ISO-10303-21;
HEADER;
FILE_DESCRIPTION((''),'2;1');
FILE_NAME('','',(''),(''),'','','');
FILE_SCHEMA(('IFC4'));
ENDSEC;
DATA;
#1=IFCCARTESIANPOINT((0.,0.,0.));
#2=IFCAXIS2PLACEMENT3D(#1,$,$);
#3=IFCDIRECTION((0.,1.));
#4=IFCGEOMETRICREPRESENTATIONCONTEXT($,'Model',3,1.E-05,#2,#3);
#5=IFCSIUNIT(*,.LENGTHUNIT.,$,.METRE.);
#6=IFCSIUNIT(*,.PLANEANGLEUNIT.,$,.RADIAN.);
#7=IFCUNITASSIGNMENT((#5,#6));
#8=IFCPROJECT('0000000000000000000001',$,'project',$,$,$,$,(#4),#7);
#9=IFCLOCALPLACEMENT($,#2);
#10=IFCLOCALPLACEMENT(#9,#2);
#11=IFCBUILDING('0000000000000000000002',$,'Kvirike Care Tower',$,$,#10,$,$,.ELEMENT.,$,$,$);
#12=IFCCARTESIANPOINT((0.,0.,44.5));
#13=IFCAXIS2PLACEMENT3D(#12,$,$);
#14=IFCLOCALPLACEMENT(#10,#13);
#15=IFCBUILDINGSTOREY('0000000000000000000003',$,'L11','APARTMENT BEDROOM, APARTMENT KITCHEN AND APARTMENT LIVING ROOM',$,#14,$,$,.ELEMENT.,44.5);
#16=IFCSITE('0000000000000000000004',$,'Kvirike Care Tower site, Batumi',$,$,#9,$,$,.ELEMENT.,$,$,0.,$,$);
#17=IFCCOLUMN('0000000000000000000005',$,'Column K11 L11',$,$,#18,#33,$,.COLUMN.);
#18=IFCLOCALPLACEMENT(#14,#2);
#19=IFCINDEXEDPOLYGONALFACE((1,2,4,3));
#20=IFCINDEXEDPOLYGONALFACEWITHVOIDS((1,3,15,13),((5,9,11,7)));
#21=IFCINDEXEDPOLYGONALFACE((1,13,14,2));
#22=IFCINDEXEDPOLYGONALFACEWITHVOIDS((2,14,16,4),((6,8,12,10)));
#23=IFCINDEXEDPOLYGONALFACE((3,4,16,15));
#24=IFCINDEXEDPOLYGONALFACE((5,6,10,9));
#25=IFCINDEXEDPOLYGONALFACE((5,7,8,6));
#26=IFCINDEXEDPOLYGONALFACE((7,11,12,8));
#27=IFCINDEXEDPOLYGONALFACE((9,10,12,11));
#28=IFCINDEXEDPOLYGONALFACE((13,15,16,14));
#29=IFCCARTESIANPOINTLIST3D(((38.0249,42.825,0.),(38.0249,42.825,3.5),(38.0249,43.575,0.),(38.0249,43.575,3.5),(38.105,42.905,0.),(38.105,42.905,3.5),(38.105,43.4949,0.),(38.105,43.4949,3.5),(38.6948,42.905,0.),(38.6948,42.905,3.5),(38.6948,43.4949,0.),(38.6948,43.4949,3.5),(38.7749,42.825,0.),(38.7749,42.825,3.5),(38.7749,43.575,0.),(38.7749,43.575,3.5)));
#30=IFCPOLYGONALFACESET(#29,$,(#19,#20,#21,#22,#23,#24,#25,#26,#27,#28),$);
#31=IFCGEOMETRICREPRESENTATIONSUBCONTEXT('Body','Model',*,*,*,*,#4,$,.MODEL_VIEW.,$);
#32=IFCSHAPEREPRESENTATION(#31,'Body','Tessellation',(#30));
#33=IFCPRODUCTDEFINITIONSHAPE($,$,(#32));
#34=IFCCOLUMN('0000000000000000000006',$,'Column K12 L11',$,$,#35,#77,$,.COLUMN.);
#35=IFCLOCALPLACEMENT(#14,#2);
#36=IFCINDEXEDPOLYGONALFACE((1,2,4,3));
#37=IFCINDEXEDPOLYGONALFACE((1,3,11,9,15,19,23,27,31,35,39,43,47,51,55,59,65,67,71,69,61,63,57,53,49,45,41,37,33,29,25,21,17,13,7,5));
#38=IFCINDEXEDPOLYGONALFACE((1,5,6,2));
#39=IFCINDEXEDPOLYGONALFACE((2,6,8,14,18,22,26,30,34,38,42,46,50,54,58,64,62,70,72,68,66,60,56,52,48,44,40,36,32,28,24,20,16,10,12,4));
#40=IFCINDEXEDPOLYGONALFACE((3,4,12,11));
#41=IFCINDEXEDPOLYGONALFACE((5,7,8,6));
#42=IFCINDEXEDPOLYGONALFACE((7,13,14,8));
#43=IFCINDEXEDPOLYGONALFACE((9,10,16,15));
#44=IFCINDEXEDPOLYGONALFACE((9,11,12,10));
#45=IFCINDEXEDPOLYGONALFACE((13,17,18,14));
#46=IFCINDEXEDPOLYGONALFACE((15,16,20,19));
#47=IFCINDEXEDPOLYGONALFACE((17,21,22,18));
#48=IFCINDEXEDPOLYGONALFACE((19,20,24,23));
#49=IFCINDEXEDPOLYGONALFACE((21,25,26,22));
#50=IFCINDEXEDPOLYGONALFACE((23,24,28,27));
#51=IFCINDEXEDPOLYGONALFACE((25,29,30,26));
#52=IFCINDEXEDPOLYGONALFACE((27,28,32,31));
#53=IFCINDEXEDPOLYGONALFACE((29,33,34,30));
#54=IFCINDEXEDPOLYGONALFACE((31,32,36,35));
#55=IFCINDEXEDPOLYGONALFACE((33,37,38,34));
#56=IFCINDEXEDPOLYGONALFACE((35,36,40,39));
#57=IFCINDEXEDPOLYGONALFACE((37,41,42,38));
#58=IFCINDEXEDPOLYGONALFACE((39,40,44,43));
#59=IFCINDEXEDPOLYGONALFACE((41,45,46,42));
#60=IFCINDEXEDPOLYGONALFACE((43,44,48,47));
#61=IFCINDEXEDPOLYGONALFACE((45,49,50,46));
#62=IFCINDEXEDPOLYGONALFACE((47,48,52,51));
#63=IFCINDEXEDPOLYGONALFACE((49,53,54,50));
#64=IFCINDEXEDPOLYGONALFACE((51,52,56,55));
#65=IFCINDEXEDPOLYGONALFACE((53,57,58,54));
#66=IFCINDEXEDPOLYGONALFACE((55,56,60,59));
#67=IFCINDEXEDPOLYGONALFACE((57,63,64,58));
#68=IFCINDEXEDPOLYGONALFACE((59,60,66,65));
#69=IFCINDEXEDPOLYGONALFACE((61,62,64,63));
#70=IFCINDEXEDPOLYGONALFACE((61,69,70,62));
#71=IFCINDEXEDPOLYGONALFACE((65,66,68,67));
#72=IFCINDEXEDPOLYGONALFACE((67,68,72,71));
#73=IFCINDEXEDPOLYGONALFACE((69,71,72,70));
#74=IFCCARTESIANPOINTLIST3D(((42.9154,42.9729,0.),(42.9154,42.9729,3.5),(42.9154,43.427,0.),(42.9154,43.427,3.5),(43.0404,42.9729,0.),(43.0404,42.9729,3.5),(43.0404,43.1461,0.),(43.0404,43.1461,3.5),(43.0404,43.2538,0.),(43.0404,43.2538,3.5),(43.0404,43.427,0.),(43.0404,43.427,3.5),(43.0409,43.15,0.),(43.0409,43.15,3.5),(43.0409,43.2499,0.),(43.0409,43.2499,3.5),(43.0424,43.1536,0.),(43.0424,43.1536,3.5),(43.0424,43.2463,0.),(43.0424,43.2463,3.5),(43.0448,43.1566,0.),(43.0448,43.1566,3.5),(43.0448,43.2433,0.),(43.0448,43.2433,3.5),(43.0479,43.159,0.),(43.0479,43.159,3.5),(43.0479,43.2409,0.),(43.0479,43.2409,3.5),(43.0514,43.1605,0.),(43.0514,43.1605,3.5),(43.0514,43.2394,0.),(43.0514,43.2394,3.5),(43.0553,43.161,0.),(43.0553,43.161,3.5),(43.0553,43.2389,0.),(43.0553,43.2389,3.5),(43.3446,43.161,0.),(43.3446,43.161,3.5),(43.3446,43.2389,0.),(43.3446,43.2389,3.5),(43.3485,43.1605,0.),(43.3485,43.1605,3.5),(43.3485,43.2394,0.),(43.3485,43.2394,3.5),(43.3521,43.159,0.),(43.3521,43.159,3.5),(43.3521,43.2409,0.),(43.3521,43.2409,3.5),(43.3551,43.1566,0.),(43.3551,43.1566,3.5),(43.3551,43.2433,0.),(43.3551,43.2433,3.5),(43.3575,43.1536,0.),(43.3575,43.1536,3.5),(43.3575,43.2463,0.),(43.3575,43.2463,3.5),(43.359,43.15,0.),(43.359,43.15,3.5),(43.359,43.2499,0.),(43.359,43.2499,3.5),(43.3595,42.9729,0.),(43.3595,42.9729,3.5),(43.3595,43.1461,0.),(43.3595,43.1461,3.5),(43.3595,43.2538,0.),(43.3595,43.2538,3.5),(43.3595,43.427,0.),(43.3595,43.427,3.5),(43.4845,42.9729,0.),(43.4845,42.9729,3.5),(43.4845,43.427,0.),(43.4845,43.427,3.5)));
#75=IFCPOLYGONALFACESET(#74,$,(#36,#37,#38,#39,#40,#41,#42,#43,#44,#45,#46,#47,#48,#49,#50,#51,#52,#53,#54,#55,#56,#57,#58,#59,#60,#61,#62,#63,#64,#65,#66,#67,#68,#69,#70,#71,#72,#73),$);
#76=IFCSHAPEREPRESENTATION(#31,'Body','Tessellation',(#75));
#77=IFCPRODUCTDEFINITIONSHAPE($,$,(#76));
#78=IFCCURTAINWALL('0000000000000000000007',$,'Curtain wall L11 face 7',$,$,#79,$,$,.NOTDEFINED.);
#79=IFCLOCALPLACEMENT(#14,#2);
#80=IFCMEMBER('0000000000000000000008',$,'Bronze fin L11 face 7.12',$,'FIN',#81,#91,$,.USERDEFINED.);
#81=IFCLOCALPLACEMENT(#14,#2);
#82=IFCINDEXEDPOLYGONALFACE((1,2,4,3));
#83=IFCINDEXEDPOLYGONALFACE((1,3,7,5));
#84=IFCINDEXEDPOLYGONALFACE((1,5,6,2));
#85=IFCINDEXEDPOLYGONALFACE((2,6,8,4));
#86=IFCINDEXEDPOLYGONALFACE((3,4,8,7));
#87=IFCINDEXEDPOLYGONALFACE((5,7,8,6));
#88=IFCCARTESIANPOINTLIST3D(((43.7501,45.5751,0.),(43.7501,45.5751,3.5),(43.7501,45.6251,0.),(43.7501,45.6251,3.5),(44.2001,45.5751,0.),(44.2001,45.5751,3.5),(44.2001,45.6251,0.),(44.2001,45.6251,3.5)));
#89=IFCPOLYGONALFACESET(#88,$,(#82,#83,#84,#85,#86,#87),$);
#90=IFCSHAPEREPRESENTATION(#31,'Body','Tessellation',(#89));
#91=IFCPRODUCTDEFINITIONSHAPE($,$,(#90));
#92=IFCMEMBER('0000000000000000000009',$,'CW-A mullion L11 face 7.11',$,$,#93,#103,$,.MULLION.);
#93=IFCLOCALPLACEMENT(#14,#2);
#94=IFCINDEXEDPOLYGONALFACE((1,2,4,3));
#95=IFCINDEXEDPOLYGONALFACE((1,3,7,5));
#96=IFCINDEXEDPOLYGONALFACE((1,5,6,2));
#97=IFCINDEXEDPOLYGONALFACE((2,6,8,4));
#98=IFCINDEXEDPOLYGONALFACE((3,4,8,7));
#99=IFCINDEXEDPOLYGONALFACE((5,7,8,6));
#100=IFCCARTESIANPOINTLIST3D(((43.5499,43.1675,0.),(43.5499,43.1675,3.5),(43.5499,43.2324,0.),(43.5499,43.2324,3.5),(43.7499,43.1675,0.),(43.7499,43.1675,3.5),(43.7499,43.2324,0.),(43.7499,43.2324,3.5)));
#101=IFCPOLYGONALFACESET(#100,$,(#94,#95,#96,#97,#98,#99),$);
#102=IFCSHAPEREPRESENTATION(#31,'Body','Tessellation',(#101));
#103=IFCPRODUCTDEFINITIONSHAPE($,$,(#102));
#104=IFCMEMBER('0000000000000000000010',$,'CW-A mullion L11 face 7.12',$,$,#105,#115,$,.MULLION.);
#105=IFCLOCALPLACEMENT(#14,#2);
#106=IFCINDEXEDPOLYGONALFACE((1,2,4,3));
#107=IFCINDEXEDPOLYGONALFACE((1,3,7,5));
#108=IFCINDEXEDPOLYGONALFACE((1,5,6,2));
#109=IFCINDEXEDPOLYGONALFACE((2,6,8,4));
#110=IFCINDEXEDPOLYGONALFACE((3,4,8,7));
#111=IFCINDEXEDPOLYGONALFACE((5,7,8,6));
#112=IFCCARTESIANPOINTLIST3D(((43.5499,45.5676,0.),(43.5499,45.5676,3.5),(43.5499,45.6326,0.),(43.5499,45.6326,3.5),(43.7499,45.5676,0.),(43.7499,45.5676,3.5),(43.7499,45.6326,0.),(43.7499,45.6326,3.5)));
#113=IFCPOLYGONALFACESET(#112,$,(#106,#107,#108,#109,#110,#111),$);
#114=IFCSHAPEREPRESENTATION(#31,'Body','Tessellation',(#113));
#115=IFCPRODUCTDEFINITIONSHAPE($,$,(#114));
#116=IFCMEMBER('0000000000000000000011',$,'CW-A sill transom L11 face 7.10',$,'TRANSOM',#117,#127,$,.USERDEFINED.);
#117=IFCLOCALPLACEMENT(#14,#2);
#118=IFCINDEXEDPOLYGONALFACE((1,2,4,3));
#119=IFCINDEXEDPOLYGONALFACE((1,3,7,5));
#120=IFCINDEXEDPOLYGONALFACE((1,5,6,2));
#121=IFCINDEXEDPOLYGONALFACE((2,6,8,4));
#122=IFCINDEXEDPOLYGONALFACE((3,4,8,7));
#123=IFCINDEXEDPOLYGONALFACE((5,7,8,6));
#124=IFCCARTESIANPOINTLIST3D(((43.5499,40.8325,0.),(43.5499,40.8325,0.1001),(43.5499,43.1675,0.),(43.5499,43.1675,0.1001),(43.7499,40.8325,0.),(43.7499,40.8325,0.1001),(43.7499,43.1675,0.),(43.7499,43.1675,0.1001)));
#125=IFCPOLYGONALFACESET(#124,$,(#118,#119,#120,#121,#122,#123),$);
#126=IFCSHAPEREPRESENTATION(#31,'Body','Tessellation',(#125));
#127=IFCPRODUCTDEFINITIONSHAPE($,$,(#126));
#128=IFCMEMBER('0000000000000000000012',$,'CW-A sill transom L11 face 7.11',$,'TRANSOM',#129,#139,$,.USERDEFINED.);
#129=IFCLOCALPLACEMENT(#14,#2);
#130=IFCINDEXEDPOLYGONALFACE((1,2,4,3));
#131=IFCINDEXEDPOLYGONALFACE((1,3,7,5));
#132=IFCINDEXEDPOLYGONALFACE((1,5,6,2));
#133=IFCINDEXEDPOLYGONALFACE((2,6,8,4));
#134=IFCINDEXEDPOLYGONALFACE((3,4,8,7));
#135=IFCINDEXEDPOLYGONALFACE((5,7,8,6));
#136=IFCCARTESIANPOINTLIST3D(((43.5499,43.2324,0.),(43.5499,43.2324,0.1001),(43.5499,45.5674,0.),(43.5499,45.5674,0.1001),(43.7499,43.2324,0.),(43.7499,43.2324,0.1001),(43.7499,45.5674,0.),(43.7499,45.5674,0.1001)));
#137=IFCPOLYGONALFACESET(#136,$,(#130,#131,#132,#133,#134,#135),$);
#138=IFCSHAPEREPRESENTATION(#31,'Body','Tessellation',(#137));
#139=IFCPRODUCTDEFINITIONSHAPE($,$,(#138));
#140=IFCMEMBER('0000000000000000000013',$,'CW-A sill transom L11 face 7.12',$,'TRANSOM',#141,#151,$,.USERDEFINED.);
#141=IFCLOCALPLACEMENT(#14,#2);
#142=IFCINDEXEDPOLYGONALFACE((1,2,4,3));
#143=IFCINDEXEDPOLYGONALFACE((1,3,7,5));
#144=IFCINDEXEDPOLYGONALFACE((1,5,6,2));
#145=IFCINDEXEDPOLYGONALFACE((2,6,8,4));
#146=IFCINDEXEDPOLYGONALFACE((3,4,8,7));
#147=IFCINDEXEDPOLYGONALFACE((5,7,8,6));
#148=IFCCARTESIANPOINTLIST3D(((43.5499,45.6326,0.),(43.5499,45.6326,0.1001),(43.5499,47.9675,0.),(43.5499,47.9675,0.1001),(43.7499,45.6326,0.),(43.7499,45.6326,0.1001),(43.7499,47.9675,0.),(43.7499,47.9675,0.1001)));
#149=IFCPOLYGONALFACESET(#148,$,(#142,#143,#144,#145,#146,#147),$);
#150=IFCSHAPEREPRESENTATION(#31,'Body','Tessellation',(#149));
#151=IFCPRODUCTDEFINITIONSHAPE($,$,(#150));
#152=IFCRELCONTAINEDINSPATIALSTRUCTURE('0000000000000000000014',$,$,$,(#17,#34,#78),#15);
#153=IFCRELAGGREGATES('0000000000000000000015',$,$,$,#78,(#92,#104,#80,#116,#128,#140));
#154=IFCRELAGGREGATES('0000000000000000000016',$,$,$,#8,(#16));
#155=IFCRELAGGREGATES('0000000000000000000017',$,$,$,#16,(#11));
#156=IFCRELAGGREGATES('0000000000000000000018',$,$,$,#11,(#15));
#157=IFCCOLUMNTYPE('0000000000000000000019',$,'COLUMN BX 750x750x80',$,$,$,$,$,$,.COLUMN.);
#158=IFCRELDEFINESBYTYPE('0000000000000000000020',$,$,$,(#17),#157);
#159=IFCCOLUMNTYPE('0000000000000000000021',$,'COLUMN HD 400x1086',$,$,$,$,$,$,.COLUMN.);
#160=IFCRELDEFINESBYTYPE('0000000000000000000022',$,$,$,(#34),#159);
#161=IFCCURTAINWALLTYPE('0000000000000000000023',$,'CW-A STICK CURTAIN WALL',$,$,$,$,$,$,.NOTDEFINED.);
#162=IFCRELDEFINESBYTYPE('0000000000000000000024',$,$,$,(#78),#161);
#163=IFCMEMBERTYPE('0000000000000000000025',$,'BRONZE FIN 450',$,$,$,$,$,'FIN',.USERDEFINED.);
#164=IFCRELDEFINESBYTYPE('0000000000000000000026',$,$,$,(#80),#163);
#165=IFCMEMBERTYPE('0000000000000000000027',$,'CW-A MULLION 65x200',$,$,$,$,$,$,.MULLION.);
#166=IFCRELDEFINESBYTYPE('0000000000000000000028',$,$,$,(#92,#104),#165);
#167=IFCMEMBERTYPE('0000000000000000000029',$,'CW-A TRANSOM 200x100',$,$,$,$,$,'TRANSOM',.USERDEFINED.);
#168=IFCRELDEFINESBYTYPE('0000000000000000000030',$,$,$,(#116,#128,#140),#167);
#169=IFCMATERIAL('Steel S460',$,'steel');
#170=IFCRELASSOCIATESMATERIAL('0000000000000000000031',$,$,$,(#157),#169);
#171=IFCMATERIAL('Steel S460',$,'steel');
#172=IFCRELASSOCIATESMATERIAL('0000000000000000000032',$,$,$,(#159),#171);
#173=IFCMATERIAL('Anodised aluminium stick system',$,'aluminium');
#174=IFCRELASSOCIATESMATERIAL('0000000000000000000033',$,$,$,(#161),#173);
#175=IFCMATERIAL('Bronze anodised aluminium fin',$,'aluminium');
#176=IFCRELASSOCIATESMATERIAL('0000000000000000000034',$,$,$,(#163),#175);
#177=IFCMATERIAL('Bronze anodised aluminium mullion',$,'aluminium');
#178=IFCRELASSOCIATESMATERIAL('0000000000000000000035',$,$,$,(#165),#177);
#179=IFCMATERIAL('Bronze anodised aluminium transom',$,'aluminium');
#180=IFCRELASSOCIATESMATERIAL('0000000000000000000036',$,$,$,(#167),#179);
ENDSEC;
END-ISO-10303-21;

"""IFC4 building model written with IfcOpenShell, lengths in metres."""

from ifc_helpers import new_model, si_unit, direction, frame, origin, origin_2d, place, context, subcontext, project, spatial, rectangle, hollow_rectangle, i_section, extrude, material, material_profile, profile_set, type_object, element, aggregate, save


model = new_model("IFC4")

# Units and contexts
model_context = context("Model", 3, precision=1e-05, world=origin(), true_north=direction((0.0, 1.0)))
body_context = subcontext(model_context, "Body", "Model", "MODEL_VIEW")
ifc_project = project(units=[si_unit("LENGTHUNIT", "METRE"), si_unit("PLANEANGLEUNIT", "RADIAN")], contexts=[model_context])

# Site, building, storey
site_placement = place(None, origin())
site = spatial("IfcSite", under=ifc_project, at=site_placement, Name="Kvirike Care Tower site, Batumi", CompositionType="ELEMENT", RefElevation=0.0)
building_placement = place(site_placement, origin())
building = spatial("IfcBuilding", under=site, at=building_placement, Name="Kvirike Care Tower", CompositionType="ELEMENT")
storey_placement = place(building_placement, frame((0.0, 0.0, 44.5)))
storey = spatial("IfcBuildingStorey", under=building, at=storey_placement, Name="L11", Description="APARTMENT BEDROOM, APARTMENT KITCHEN AND APARTMENT LIVING ROOM", CompositionType="ELEMENT", Elevation=44.5)

# Columns
ifc_material_1 = material(Name="Steel S460", Category="steel")
ifc_material_profile_1 = material_profile(ifc_material_1, hollow_rectangle(XDim=0.75, YDim=0.75, WallThickness=0.0801, at=origin_2d()), Name="BX 750x750x80")
ifc_profile_set_1 = profile_set([ifc_material_profile_1], Name="Steel S460")
column_type_1 = type_object("IfcColumnType", Name="COLUMN BX 750x750x80", PredefinedType="COLUMN", material=ifc_profile_set_1)
column_1_placement = place(storey_placement, frame((38.3999, 43.2, 0.0), z_axis=(0.0, 0.0, 1.0), x_axis=(0.0, 1.0, 0.0)))
element("IfcColumn", 1, at=column_1_placement, inside=storey, type_object=column_type_1, Name="Column K11 L11", PredefinedType="COLUMN", context=body_context, shape_type="SweptSolid", body=[
    extrude(hollow_rectangle(XDim=0.75, YDim=0.75, WallThickness=0.0801, at=origin_2d()), origin(), (0.0, 0.0, 1.0), 3.5),
])
ifc_material_2 = material(Name="Steel S460", Category="steel")
ifc_material_profile_2 = material_profile(ifc_material_2, i_section(OverallWidth=0.4541, OverallDepth=0.5691, WebThickness=0.0779, FlangeThickness=0.125, FilletRadius=0.0149, at=origin_2d()), Name="HD 400x1086")
ifc_profile_set_2 = profile_set([ifc_material_profile_2], Name="Steel S460")
column_type_2 = type_object("IfcColumnType", Name="COLUMN HD 400x1086", PredefinedType="COLUMN", material=ifc_profile_set_2)
column_2_placement = place(storey_placement, frame((43.2, 43.2, 0.0), z_axis=(0.0, 0.0, 1.0), x_axis=(0.0, 1.0, 0.0)))
element("IfcColumn", 2, at=column_2_placement, inside=storey, type_object=column_type_2, Name="Column K12 L11", PredefinedType="COLUMN", context=body_context, shape_type="SweptSolid", body=[
    extrude(i_section(OverallWidth=0.4541, OverallDepth=0.5691, WebThickness=0.0779, FlangeThickness=0.125, FilletRadius=0.0149, at=origin_2d()), origin(), (0.0, 0.0, 1.0), 3.5),
])

# Curtain wall, members
ifc_material_3 = material(Name="Anodised aluminium stick system", Category="aluminium")
curtain_wall_type = type_object("IfcCurtainWallType", Name="CW-A STICK CURTAIN WALL", PredefinedType="NOTDEFINED", material=ifc_material_3)
curtain_wall_placement = place(storey_placement, origin())
curtain_wall = element("IfcCurtainWall", 3, at=curtain_wall_placement, inside=storey, type_object=curtain_wall_type, Name="Curtain wall L11 face 7", PredefinedType="NOTDEFINED")
ifc_material_4 = material(Name="Bronze anodised aluminium fin", Category="aluminium")
ifc_material_profile_3 = material_profile(ifc_material_4, rectangle(XDim=0.05, YDim=0.45, at=origin_2d()), Name="BRONZE FIN 450")
ifc_profile_set_3 = profile_set([ifc_material_profile_3], Name="Bronze anodised aluminium fin")
member_type_1 = type_object("IfcMemberType", Name="BRONZE FIN 450", ElementType="FIN", PredefinedType="USERDEFINED", material=ifc_profile_set_3)
member_1_placement = place(storey_placement, frame((43.9751, 45.6001, 0.0), z_axis=(0.0, 0.0, 1.0), x_axis=(0.0, 1.0, 0.0)))
member_1 = element("IfcMember", 4, at=member_1_placement, type_object=member_type_1, Name="Bronze fin L11 face 7.12", ObjectType="FIN", PredefinedType="USERDEFINED", context=body_context, shape_type="SweptSolid", body=[
    extrude(rectangle(XDim=0.05, YDim=0.45, at=origin_2d()), origin(), (0.0, 0.0, 1.0), 3.5),
])
ifc_material_5 = material(Name="Bronze anodised aluminium mullion", Category="aluminium")
ifc_material_profile_4 = material_profile(ifc_material_5, rectangle(XDim=0.0649, YDim=0.2, at=origin_2d()), Name="CW-A MULLION 65x200")
ifc_profile_set_4 = profile_set([ifc_material_profile_4], Name="Bronze anodised aluminium mullion")
member_type_2 = type_object("IfcMemberType", Name="CW-A MULLION 65x200", PredefinedType="MULLION", material=ifc_profile_set_4)
member_2_placement = place(storey_placement, frame((43.6499, 43.2, 0.0), z_axis=(0.0, 0.0, 1.0), x_axis=(0.0, 1.0, 0.0)))
member_2 = element("IfcMember", 5, at=member_2_placement, type_object=member_type_2, Name="CW-A mullion L11 face 7.11", PredefinedType="MULLION", context=body_context, shape_type="SweptSolid", body=[
    extrude(rectangle(XDim=0.0649, YDim=0.2, at=origin_2d()), origin(), (0.0, 0.0, 1.0), 3.5),
])
member_3_placement = place(storey_placement, frame((43.6499, 45.6001, 0.0), z_axis=(0.0, 0.0, 1.0), x_axis=(0.0, 1.0, 0.0)))
member_3 = element("IfcMember", 6, at=member_3_placement, type_object=member_type_2, Name="CW-A mullion L11 face 7.12", PredefinedType="MULLION", context=body_context, shape_type="SweptSolid", body=[
    extrude(rectangle(XDim=0.0649, YDim=0.2, at=origin_2d()), origin(), (0.0, 0.0, 1.0), 3.5),
])
ifc_material_6 = material(Name="Bronze anodised aluminium transom", Category="aluminium")
ifc_material_profile_5 = material_profile(ifc_material_6, rectangle(XDim=0.2, YDim=0.1001, at=origin_2d()), Name="CW-A TRANSOM 200x100")
ifc_profile_set_5 = profile_set([ifc_material_profile_5], Name="Bronze anodised aluminium transom")
member_type_3 = type_object("IfcMemberType", Name="CW-A TRANSOM 200x100", ElementType="TRANSOM", PredefinedType="USERDEFINED", material=ifc_profile_set_5)
member_4_placement = place(storey_placement, frame((43.6499, 40.8325, 0.05), z_axis=(0.0, 1.0, 0.0), x_axis=(-1.0, 0.0, 0.0)))
member_4 = element("IfcMember", 7, at=member_4_placement, type_object=member_type_3, Name="CW-A sill transom L11 face 7.10", ObjectType="TRANSOM", PredefinedType="USERDEFINED", context=body_context, shape_type="SweptSolid", body=[
    extrude(rectangle(XDim=0.2, YDim=0.1001, at=origin_2d()), origin(), (0.0, 0.0, 1.0), 2.335),
])
member_5_placement = place(storey_placement, frame((43.6499, 43.2324, 0.05), z_axis=(0.0, 1.0, 0.0), x_axis=(-1.0, 0.0, 0.0)))
member_5 = element("IfcMember", 8, at=member_5_placement, type_object=member_type_3, Name="CW-A sill transom L11 face 7.11", ObjectType="TRANSOM", PredefinedType="USERDEFINED", context=body_context, shape_type="SweptSolid", body=[
    extrude(rectangle(XDim=0.2, YDim=0.1001, at=origin_2d()), origin(), (0.0, 0.0, 1.0), 2.335),
])
member_6_placement = place(storey_placement, frame((43.6499, 45.6326, 0.05), z_axis=(0.0, 1.0, 0.0), x_axis=(-1.0, 0.0, 0.0)))
member_6 = element("IfcMember", 9, at=member_6_placement, type_object=member_type_3, Name="CW-A sill transom L11 face 7.12", ObjectType="TRANSOM", PredefinedType="USERDEFINED", context=body_context, shape_type="SweptSolid", body=[
    extrude(rectangle(XDim=0.2, YDim=0.1001, at=origin_2d()), origin(), (0.0, 0.0, 1.0), 2.335),
])

aggregate(curtain_wall, [member_2, member_3, member_1, member_4, member_5, member_6])

save(model, "model.ifc")
